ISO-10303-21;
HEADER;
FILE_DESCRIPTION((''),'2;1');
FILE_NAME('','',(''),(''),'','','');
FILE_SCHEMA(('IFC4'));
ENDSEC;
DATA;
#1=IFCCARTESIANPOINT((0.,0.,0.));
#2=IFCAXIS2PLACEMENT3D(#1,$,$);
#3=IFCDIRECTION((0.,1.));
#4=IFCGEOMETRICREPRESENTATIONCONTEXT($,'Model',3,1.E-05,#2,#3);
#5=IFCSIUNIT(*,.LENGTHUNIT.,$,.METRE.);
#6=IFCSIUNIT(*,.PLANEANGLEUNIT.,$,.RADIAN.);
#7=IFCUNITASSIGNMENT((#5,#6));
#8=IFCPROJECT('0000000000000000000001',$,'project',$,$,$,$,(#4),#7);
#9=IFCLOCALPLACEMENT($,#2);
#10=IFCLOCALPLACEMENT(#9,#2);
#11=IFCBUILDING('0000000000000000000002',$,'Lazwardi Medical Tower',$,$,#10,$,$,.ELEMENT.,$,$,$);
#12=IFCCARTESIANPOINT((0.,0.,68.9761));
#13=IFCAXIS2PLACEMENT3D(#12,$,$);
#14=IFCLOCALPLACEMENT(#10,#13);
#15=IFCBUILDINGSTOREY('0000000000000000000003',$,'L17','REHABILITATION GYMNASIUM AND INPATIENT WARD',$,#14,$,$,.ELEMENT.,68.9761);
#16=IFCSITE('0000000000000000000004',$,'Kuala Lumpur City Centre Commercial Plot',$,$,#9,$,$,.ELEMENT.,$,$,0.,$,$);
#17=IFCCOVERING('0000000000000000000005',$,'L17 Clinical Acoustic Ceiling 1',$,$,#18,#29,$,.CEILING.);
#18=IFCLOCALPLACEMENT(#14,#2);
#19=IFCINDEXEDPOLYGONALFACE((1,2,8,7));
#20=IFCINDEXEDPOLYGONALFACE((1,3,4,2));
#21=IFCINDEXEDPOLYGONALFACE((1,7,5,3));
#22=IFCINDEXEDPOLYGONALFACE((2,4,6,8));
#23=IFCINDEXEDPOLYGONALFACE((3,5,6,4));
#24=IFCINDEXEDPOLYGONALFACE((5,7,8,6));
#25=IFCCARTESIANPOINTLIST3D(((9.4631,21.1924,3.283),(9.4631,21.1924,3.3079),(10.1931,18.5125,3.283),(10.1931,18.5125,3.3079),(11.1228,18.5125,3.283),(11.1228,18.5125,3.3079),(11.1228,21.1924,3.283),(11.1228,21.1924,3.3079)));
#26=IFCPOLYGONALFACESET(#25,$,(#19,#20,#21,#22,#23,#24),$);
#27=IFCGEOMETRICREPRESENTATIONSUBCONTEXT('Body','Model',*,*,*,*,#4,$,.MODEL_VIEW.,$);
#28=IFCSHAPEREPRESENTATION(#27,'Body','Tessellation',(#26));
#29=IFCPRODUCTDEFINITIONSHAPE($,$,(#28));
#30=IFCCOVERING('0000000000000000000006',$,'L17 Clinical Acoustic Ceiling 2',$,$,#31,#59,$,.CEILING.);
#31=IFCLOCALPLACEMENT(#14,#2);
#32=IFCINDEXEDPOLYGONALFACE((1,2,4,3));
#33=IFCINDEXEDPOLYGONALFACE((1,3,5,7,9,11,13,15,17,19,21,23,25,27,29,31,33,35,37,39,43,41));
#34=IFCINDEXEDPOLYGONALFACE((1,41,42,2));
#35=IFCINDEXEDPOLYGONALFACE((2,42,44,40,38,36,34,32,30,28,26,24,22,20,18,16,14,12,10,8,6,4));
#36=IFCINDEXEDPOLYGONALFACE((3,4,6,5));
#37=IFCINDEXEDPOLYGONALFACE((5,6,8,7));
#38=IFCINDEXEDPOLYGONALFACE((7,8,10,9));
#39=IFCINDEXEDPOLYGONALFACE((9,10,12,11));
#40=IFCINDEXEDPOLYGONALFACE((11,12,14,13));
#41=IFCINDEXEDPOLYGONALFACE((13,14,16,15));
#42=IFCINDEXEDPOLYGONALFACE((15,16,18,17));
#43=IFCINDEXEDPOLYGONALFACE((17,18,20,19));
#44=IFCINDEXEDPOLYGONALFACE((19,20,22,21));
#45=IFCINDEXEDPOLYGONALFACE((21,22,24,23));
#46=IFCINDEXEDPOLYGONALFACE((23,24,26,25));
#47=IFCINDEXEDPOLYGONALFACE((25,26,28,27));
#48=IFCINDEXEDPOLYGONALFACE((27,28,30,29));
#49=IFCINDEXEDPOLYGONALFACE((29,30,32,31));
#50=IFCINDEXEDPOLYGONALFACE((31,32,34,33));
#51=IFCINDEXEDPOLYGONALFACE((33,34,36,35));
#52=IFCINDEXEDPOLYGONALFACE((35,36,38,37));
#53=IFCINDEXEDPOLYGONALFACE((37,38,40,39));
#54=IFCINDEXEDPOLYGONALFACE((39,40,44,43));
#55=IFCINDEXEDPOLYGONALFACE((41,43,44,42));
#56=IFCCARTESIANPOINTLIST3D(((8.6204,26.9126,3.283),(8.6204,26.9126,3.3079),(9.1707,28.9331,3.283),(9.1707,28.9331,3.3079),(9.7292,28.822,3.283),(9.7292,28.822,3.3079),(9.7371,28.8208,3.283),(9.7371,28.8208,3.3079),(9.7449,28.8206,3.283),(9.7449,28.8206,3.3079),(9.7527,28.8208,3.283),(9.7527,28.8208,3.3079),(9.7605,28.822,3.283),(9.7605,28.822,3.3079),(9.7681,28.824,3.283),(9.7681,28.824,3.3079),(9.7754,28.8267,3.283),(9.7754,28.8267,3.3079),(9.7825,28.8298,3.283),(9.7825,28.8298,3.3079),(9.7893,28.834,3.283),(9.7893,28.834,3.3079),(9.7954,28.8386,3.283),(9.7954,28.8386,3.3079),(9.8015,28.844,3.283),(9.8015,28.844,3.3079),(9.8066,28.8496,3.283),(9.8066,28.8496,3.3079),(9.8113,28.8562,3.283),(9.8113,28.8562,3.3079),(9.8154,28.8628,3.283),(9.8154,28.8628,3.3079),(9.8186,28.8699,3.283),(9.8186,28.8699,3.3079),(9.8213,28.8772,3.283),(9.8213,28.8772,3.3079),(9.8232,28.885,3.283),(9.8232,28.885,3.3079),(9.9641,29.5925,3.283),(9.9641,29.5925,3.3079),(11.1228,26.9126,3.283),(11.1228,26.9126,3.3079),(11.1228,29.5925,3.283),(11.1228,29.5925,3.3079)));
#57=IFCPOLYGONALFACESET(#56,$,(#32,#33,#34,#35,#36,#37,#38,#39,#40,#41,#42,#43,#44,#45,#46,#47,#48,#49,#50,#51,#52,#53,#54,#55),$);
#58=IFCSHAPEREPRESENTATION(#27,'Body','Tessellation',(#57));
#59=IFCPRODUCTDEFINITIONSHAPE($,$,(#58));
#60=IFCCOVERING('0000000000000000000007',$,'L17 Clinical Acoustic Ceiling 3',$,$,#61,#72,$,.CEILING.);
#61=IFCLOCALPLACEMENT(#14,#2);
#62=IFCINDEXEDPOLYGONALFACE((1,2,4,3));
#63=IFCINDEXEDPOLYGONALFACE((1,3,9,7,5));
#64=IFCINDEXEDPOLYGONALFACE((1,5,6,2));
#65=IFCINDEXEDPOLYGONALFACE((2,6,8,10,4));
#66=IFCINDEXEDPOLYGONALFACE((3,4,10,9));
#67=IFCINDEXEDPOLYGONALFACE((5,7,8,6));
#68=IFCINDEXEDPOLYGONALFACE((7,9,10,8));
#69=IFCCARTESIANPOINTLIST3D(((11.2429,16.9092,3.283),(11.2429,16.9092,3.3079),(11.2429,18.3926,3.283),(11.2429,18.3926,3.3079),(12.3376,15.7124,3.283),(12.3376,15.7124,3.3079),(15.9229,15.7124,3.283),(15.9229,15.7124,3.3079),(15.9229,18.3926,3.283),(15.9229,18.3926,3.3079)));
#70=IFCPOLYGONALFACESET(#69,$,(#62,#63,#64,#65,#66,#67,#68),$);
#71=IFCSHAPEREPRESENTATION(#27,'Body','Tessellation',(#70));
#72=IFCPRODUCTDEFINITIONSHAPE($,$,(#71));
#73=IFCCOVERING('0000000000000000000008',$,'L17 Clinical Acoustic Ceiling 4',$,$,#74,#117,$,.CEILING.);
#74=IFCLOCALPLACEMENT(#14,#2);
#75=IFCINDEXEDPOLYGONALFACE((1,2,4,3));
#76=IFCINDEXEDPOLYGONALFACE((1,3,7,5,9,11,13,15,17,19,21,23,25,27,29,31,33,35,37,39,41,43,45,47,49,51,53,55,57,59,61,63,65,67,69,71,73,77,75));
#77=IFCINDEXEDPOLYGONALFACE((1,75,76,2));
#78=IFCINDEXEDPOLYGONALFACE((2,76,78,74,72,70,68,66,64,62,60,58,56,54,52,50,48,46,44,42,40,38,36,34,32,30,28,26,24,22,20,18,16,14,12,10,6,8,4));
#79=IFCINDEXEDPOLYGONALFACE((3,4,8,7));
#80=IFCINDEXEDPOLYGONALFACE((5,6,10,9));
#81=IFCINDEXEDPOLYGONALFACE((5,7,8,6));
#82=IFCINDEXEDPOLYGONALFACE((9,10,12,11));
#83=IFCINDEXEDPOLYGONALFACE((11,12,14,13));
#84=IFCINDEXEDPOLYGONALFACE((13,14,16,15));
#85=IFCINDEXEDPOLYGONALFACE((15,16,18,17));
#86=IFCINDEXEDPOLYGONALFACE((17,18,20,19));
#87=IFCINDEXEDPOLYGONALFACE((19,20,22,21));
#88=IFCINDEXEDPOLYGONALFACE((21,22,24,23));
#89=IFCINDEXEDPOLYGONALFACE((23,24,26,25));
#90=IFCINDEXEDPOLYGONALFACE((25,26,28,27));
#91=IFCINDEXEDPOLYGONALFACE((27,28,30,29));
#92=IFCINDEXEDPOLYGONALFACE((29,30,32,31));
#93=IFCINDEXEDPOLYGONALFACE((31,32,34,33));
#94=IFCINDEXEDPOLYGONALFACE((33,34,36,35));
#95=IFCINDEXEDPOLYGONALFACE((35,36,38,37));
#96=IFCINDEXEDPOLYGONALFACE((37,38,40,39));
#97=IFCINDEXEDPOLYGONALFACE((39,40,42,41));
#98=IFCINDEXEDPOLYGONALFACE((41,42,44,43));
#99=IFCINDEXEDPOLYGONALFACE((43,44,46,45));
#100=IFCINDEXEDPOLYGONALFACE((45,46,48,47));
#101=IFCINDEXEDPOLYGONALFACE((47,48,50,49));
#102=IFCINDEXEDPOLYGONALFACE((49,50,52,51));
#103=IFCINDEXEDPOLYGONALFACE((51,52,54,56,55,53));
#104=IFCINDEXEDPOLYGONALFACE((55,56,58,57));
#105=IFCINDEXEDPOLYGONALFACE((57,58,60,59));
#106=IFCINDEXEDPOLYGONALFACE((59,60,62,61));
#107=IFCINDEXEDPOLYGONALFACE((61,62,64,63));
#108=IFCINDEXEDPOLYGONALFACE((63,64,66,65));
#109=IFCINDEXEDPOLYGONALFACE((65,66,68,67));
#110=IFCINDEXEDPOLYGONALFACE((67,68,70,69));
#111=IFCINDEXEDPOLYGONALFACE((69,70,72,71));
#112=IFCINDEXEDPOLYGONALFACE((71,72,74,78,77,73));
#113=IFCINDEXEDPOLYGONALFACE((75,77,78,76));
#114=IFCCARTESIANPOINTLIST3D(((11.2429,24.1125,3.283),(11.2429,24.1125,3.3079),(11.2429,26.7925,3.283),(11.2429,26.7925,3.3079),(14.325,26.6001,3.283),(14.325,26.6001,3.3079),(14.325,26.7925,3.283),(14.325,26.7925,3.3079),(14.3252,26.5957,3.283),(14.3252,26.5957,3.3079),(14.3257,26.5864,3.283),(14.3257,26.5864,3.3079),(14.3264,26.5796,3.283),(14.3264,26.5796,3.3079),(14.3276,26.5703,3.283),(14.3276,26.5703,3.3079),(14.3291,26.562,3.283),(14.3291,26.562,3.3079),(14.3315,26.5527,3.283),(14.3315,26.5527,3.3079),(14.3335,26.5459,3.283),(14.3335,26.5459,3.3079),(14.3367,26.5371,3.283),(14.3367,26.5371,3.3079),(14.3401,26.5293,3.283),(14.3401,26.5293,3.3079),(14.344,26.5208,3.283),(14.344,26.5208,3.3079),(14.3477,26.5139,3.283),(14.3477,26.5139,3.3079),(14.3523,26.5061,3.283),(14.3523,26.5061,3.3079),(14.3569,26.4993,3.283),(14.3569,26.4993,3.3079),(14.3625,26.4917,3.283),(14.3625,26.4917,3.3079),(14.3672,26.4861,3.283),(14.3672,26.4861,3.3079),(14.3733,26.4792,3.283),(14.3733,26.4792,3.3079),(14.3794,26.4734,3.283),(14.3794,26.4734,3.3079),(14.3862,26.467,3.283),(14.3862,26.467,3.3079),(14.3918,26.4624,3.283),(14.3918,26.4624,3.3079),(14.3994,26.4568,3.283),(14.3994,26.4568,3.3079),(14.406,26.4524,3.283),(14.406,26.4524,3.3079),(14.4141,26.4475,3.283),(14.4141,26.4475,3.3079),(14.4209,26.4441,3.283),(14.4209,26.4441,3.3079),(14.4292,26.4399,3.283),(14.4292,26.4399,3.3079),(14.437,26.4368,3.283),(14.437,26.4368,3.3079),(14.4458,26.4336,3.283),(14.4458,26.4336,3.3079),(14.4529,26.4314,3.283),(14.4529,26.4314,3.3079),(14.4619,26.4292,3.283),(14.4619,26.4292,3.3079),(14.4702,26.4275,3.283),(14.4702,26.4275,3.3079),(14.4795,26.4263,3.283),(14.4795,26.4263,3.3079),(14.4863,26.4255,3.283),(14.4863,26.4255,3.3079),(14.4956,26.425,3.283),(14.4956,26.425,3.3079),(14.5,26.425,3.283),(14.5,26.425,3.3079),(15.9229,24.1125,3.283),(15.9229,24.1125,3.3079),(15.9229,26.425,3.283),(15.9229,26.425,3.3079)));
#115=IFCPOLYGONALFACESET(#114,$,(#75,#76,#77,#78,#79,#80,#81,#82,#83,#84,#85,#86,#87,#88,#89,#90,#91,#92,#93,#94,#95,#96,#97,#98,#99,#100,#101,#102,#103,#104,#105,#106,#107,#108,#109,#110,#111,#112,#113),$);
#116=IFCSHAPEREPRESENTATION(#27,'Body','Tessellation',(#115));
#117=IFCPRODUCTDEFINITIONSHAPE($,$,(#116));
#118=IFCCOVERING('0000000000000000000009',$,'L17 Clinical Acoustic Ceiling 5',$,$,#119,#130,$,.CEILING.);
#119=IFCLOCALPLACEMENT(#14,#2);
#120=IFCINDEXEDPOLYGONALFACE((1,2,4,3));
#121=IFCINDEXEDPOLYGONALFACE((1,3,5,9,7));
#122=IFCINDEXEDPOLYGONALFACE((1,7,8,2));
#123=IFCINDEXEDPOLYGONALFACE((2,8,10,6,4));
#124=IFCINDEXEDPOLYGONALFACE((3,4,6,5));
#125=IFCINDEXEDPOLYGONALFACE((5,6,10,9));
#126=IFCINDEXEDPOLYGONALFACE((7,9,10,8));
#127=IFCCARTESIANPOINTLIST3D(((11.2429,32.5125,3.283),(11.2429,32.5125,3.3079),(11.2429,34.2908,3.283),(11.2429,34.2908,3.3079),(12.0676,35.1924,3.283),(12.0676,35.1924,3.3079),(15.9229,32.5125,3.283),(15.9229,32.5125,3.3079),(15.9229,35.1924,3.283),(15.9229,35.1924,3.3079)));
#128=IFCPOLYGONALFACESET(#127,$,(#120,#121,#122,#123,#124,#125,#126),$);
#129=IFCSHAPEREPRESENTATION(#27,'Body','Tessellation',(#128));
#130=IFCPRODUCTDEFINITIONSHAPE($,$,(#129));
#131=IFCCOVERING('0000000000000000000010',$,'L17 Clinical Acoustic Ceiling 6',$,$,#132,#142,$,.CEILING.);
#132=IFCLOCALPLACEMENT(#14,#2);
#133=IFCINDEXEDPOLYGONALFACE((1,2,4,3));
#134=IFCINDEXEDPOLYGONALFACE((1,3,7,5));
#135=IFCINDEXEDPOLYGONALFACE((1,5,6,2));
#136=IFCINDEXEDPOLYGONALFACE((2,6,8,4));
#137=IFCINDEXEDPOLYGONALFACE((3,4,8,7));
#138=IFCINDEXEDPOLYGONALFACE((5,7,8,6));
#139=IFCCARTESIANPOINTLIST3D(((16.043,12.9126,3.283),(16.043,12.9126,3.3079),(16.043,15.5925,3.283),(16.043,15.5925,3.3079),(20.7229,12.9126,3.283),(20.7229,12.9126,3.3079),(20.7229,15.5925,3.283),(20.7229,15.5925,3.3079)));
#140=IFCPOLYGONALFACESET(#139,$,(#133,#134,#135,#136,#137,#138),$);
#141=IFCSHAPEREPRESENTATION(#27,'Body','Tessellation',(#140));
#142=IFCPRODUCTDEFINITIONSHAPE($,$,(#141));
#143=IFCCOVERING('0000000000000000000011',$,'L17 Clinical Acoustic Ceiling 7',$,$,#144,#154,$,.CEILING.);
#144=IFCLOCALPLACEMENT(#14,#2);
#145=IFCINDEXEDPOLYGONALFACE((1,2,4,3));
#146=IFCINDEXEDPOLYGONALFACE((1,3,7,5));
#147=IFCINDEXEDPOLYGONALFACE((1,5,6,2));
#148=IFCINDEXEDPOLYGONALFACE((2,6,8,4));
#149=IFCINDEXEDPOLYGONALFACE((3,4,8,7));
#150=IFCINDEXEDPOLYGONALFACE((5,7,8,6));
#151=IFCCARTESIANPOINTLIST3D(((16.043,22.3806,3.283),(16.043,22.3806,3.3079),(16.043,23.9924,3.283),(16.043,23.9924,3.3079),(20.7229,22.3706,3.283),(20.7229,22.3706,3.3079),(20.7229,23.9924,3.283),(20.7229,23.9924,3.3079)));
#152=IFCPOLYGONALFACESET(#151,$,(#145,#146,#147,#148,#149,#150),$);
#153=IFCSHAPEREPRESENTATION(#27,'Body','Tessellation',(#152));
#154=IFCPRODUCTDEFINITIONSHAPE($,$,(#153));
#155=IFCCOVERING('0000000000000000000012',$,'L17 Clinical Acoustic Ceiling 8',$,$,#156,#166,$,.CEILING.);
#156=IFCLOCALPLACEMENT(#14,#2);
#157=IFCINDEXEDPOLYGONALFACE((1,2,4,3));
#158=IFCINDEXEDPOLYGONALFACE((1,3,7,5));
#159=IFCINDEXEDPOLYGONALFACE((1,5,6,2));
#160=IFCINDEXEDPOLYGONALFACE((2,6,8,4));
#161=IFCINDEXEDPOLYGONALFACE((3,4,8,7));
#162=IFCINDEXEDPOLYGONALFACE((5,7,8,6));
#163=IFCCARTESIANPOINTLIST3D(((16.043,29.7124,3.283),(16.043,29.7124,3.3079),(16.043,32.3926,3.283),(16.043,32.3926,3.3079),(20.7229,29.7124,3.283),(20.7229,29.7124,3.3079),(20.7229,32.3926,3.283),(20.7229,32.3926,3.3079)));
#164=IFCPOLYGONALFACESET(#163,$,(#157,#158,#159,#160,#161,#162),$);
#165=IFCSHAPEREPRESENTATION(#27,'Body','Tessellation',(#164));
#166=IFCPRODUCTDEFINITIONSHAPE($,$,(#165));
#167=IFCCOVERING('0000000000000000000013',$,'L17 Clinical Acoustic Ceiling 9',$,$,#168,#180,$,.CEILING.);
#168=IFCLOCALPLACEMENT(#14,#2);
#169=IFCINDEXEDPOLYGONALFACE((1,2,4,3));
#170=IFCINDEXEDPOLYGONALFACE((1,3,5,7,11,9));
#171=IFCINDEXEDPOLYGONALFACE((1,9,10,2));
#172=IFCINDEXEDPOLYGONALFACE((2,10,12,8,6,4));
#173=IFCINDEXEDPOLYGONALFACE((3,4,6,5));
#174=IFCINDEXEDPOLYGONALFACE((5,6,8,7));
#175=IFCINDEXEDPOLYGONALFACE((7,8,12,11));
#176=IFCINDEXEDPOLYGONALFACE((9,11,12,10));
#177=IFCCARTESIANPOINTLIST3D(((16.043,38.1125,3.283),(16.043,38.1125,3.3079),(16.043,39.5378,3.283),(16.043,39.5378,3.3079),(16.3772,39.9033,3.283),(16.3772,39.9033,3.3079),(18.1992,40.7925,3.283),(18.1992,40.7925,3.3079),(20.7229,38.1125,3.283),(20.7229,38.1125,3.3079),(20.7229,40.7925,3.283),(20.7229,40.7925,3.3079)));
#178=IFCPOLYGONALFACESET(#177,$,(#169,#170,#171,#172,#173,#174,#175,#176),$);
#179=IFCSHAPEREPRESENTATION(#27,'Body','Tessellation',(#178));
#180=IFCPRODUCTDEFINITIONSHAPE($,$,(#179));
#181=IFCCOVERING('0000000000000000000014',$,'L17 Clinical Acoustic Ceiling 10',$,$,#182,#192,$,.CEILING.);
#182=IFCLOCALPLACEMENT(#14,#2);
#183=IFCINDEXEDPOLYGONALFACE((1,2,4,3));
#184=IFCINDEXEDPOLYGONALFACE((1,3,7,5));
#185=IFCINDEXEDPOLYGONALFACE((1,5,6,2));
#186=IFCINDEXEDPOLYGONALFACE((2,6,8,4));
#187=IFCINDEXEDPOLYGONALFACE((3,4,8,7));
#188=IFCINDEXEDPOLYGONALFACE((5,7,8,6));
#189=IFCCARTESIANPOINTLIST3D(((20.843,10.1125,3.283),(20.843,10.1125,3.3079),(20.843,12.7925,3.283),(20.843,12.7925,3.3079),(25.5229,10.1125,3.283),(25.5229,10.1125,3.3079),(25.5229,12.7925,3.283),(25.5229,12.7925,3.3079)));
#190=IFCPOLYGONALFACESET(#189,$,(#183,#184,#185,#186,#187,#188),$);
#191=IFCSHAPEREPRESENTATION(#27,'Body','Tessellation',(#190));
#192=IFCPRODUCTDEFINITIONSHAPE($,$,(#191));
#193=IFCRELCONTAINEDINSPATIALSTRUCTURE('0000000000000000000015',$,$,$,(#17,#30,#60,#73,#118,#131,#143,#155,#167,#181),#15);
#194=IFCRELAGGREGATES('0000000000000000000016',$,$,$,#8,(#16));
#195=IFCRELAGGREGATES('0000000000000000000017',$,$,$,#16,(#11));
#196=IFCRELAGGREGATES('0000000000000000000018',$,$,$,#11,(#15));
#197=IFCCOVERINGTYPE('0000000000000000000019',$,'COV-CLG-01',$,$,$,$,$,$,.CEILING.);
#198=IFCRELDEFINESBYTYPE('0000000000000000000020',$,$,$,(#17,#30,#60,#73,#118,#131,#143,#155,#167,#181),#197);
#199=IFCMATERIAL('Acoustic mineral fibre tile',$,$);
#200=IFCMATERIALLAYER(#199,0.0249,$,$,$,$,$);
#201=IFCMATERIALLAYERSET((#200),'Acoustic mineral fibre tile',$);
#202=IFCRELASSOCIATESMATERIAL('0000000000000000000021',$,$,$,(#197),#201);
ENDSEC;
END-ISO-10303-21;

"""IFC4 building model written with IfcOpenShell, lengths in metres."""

from ifc_helpers import new_model, si_unit, direction, frame, origin, place, context, subcontext, project, spatial, polyline, outline, extrude, material, layer, layer_set, type_object, element, save


model = new_model("IFC4")

# Units and contexts
model_context = context("Model", 3, precision=1e-05, world=origin(), true_north=direction((0.0, 1.0)))
body_context = subcontext(model_context, "Body", "Model", "MODEL_VIEW")
ifc_project = project(units=[si_unit("LENGTHUNIT", "METRE"), si_unit("PLANEANGLEUNIT", "RADIAN")], contexts=[model_context])

# Site, building, storey
site_placement = place(None, origin())
site = spatial("IfcSite", under=ifc_project, at=site_placement, Name="Kuala Lumpur City Centre Commercial Plot", CompositionType="ELEMENT", RefElevation=0.0)
building_placement = place(site_placement, origin())
building = spatial("IfcBuilding", under=site, at=building_placement, Name="Lazwardi Medical Tower", CompositionType="ELEMENT")
storey_placement = place(building_placement, frame((0.0, 0.0, 68.9761)))
storey = spatial("IfcBuildingStorey", under=building, at=storey_placement, Name="L17", Description="REHABILITATION GYMNASIUM AND INPATIENT WARD", CompositionType="ELEMENT", Elevation=68.9761)

# Coverings
ifc_material_1 = material(Name="Acoustic mineral fibre tile")
ifc_layer_1 = layer(ifc_material_1, 0.0249)
ifc_layer_set_1 = layer_set([ifc_layer_1], Name="Acoustic mineral fibre tile")
covering_type_1 = type_object("IfcCoveringType", Name="COV-CLG-01", PredefinedType="CEILING", material=ifc_layer_set_1)
covering_1_placement = place(storey_placement, frame((0.0, 0.0, 3.283)))
element("IfcCovering", 1, at=covering_1_placement, inside=storey, type_object=covering_type_1, Name="L17 Clinical Acoustic Ceiling 1", PredefinedType="CEILING", context=body_context, shape_type="SweptSolid", body=[
    extrude(outline(polyline([(9.4631, 21.1924), (10.1931, 18.5125), (11.1228, 18.5125), (11.1228, 21.1924), (9.4631, 21.1924)])), origin(), (0.0, 0.0, 1.0), 0.0249),
])
covering_2_placement = place(storey_placement, frame((0.0, 0.0, 3.283)))
element("IfcCovering", 2, at=covering_2_placement, inside=storey, type_object=covering_type_1, Name="L17 Clinical Acoustic Ceiling 2", PredefinedType="CEILING", context=body_context, shape_type="SweptSolid", body=[
    extrude(outline(polyline([(9.9641, 29.5925), (9.8232, 28.885), (9.8213, 28.8772), (9.8186, 28.8699), (9.8154, 28.8628), (9.8113, 28.8562), (9.8066, 28.8496), (9.8015, 28.844), (9.7954, 28.8386), (9.7893, 28.834), (9.7825, 28.8298), (9.7754, 28.8267), (9.7681, 28.824), (9.7605, 28.822), (9.7527, 28.8208), (9.7449, 28.8206), (9.7371, 28.8208), (9.7292, 28.822), (9.1707, 28.9331), (8.6204, 26.9126), (11.1228, 26.9126), (11.1228, 29.5925), (9.9641, 29.5925)])), origin(), (0.0, 0.0, 1.0), 0.0249),
])
covering_3_placement = place(storey_placement, frame((0.0, 0.0, 3.283)))
element("IfcCovering", 3, at=covering_3_placement, inside=storey, type_object=covering_type_1, Name="L17 Clinical Acoustic Ceiling 3", PredefinedType="CEILING", context=body_context, shape_type="SweptSolid", body=[
    extrude(outline(polyline([(11.2429, 16.9092), (12.3376, 15.7124), (15.9229, 15.7124), (15.9229, 18.3926), (11.2429, 18.3926), (11.2429, 16.9092)])), origin(), (0.0, 0.0, 1.0), 0.0249),
])
covering_4_placement = place(storey_placement, frame((0.0, 0.0, 3.283)))
element("IfcCovering", 4, at=covering_4_placement, inside=storey, type_object=covering_type_1, Name="L17 Clinical Acoustic Ceiling 4", PredefinedType="CEILING", context=body_context, shape_type="SweptSolid", body=[
    extrude(outline(polyline([(15.9229, 26.425), (14.5, 26.425), (14.4956, 26.425), (14.4863, 26.4255), (14.4795, 26.4263), (14.4702, 26.4275), (14.4619, 26.4292), (14.4529, 26.4314), (14.4458, 26.4336), (14.437, 26.4368), (14.4292, 26.4399), (14.4209, 26.4441), (14.4141, 26.4475), (14.406, 26.4524), (14.3994, 26.4568), (14.3918, 26.4624), (14.3862, 26.467), (14.3794, 26.4734), (14.3733, 26.4792), (14.3672, 26.4861), (14.3625, 26.4917), (14.3569, 26.4993), (14.3523, 26.5061), (14.3477, 26.5139), (14.344, 26.5208), (14.3401, 26.5293), (14.3367, 26.5371), (14.3335, 26.5459), (14.3315, 26.5527), (14.3291, 26.562), (14.3276, 26.5703), (14.3264, 26.5796), (14.3257, 26.5864), (14.3252, 26.5957), (14.325, 26.6001), (14.325, 26.7925), (11.2429, 26.7925), (11.2429, 24.1125), (15.9229, 24.1125), (15.9229, 26.425)])), origin(), (0.0, 0.0, 1.0), 0.0249),
])
covering_5_placement = place(storey_placement, frame((0.0, 0.0, 3.283)))
element("IfcCovering", 5, at=covering_5_placement, inside=storey, type_object=covering_type_1, Name="L17 Clinical Acoustic Ceiling 5", PredefinedType="CEILING", context=body_context, shape_type="SweptSolid", body=[
    extrude(outline(polyline([(12.0676, 35.1924), (11.2429, 34.2908), (11.2429, 32.5125), (15.9229, 32.5125), (15.9229, 35.1924), (12.0676, 35.1924)])), origin(), (0.0, 0.0, 1.0), 0.0249),
])
covering_6_placement = place(storey_placement, frame((0.0, 0.0, 3.283)))
element("IfcCovering", 6, at=covering_6_placement, inside=storey, type_object=covering_type_1, Name="L17 Clinical Acoustic Ceiling 6", PredefinedType="CEILING", context=body_context, shape_type="SweptSolid", body=[
    extrude(outline(polyline([(20.7229, 12.9126), (20.7229, 15.5925), (16.043, 15.5925), (16.043, 12.9126), (20.7229, 12.9126)])), origin(), (0.0, 0.0, 1.0), 0.0249),
])
covering_7_placement = place(storey_placement, frame((0.0, 0.0, 3.283)))
element("IfcCovering", 7, at=covering_7_placement, inside=storey, type_object=covering_type_1, Name="L17 Clinical Acoustic Ceiling 7", PredefinedType="CEILING", context=body_context, shape_type="SweptSolid", body=[
    extrude(outline(polyline([(16.043, 22.3806), (20.7229, 22.3706), (20.7229, 23.9924), (16.043, 23.9924), (16.043, 22.3806)])), origin(), (0.0, 0.0, 1.0), 0.0249),
])
covering_8_placement = place(storey_placement, frame((0.0, 0.0, 3.283)))
element("IfcCovering", 8, at=covering_8_placement, inside=storey, type_object=covering_type_1, Name="L17 Clinical Acoustic Ceiling 8", PredefinedType="CEILING", context=body_context, shape_type="SweptSolid", body=[
    extrude(outline(polyline([(20.7229, 29.7124), (20.7229, 32.3926), (16.043, 32.3926), (16.043, 29.7124), (20.7229, 29.7124)])), origin(), (0.0, 0.0, 1.0), 0.0249),
])
covering_9_placement = place(storey_placement, frame((0.0, 0.0, 3.283)))
element("IfcCovering", 9, at=covering_9_placement, inside=storey, type_object=covering_type_1, Name="L17 Clinical Acoustic Ceiling 9", PredefinedType="CEILING", context=body_context, shape_type="SweptSolid", body=[
    extrude(outline(polyline([(18.1992, 40.7925), (16.3772, 39.9033), (16.043, 39.5378), (16.043, 38.1125), (20.7229, 38.1125), (20.7229, 40.7925), (18.1992, 40.7925)])), origin(), (0.0, 0.0, 1.0), 0.0249),
])
covering_10_placement = place(storey_placement, frame((0.0, 0.0, 3.283)))
element("IfcCovering", 10, at=covering_10_placement, inside=storey, type_object=covering_type_1, Name="L17 Clinical Acoustic Ceiling 10", PredefinedType="CEILING", context=body_context, shape_type="SweptSolid", body=[
    extrude(outline(polyline([(25.5229, 10.1125), (25.5229, 12.7925), (20.843, 12.7925), (20.843, 10.1125), (25.5229, 10.1125)])), origin(), (0.0, 0.0, 1.0), 0.0249),
])

save(model, "model.ifc")
